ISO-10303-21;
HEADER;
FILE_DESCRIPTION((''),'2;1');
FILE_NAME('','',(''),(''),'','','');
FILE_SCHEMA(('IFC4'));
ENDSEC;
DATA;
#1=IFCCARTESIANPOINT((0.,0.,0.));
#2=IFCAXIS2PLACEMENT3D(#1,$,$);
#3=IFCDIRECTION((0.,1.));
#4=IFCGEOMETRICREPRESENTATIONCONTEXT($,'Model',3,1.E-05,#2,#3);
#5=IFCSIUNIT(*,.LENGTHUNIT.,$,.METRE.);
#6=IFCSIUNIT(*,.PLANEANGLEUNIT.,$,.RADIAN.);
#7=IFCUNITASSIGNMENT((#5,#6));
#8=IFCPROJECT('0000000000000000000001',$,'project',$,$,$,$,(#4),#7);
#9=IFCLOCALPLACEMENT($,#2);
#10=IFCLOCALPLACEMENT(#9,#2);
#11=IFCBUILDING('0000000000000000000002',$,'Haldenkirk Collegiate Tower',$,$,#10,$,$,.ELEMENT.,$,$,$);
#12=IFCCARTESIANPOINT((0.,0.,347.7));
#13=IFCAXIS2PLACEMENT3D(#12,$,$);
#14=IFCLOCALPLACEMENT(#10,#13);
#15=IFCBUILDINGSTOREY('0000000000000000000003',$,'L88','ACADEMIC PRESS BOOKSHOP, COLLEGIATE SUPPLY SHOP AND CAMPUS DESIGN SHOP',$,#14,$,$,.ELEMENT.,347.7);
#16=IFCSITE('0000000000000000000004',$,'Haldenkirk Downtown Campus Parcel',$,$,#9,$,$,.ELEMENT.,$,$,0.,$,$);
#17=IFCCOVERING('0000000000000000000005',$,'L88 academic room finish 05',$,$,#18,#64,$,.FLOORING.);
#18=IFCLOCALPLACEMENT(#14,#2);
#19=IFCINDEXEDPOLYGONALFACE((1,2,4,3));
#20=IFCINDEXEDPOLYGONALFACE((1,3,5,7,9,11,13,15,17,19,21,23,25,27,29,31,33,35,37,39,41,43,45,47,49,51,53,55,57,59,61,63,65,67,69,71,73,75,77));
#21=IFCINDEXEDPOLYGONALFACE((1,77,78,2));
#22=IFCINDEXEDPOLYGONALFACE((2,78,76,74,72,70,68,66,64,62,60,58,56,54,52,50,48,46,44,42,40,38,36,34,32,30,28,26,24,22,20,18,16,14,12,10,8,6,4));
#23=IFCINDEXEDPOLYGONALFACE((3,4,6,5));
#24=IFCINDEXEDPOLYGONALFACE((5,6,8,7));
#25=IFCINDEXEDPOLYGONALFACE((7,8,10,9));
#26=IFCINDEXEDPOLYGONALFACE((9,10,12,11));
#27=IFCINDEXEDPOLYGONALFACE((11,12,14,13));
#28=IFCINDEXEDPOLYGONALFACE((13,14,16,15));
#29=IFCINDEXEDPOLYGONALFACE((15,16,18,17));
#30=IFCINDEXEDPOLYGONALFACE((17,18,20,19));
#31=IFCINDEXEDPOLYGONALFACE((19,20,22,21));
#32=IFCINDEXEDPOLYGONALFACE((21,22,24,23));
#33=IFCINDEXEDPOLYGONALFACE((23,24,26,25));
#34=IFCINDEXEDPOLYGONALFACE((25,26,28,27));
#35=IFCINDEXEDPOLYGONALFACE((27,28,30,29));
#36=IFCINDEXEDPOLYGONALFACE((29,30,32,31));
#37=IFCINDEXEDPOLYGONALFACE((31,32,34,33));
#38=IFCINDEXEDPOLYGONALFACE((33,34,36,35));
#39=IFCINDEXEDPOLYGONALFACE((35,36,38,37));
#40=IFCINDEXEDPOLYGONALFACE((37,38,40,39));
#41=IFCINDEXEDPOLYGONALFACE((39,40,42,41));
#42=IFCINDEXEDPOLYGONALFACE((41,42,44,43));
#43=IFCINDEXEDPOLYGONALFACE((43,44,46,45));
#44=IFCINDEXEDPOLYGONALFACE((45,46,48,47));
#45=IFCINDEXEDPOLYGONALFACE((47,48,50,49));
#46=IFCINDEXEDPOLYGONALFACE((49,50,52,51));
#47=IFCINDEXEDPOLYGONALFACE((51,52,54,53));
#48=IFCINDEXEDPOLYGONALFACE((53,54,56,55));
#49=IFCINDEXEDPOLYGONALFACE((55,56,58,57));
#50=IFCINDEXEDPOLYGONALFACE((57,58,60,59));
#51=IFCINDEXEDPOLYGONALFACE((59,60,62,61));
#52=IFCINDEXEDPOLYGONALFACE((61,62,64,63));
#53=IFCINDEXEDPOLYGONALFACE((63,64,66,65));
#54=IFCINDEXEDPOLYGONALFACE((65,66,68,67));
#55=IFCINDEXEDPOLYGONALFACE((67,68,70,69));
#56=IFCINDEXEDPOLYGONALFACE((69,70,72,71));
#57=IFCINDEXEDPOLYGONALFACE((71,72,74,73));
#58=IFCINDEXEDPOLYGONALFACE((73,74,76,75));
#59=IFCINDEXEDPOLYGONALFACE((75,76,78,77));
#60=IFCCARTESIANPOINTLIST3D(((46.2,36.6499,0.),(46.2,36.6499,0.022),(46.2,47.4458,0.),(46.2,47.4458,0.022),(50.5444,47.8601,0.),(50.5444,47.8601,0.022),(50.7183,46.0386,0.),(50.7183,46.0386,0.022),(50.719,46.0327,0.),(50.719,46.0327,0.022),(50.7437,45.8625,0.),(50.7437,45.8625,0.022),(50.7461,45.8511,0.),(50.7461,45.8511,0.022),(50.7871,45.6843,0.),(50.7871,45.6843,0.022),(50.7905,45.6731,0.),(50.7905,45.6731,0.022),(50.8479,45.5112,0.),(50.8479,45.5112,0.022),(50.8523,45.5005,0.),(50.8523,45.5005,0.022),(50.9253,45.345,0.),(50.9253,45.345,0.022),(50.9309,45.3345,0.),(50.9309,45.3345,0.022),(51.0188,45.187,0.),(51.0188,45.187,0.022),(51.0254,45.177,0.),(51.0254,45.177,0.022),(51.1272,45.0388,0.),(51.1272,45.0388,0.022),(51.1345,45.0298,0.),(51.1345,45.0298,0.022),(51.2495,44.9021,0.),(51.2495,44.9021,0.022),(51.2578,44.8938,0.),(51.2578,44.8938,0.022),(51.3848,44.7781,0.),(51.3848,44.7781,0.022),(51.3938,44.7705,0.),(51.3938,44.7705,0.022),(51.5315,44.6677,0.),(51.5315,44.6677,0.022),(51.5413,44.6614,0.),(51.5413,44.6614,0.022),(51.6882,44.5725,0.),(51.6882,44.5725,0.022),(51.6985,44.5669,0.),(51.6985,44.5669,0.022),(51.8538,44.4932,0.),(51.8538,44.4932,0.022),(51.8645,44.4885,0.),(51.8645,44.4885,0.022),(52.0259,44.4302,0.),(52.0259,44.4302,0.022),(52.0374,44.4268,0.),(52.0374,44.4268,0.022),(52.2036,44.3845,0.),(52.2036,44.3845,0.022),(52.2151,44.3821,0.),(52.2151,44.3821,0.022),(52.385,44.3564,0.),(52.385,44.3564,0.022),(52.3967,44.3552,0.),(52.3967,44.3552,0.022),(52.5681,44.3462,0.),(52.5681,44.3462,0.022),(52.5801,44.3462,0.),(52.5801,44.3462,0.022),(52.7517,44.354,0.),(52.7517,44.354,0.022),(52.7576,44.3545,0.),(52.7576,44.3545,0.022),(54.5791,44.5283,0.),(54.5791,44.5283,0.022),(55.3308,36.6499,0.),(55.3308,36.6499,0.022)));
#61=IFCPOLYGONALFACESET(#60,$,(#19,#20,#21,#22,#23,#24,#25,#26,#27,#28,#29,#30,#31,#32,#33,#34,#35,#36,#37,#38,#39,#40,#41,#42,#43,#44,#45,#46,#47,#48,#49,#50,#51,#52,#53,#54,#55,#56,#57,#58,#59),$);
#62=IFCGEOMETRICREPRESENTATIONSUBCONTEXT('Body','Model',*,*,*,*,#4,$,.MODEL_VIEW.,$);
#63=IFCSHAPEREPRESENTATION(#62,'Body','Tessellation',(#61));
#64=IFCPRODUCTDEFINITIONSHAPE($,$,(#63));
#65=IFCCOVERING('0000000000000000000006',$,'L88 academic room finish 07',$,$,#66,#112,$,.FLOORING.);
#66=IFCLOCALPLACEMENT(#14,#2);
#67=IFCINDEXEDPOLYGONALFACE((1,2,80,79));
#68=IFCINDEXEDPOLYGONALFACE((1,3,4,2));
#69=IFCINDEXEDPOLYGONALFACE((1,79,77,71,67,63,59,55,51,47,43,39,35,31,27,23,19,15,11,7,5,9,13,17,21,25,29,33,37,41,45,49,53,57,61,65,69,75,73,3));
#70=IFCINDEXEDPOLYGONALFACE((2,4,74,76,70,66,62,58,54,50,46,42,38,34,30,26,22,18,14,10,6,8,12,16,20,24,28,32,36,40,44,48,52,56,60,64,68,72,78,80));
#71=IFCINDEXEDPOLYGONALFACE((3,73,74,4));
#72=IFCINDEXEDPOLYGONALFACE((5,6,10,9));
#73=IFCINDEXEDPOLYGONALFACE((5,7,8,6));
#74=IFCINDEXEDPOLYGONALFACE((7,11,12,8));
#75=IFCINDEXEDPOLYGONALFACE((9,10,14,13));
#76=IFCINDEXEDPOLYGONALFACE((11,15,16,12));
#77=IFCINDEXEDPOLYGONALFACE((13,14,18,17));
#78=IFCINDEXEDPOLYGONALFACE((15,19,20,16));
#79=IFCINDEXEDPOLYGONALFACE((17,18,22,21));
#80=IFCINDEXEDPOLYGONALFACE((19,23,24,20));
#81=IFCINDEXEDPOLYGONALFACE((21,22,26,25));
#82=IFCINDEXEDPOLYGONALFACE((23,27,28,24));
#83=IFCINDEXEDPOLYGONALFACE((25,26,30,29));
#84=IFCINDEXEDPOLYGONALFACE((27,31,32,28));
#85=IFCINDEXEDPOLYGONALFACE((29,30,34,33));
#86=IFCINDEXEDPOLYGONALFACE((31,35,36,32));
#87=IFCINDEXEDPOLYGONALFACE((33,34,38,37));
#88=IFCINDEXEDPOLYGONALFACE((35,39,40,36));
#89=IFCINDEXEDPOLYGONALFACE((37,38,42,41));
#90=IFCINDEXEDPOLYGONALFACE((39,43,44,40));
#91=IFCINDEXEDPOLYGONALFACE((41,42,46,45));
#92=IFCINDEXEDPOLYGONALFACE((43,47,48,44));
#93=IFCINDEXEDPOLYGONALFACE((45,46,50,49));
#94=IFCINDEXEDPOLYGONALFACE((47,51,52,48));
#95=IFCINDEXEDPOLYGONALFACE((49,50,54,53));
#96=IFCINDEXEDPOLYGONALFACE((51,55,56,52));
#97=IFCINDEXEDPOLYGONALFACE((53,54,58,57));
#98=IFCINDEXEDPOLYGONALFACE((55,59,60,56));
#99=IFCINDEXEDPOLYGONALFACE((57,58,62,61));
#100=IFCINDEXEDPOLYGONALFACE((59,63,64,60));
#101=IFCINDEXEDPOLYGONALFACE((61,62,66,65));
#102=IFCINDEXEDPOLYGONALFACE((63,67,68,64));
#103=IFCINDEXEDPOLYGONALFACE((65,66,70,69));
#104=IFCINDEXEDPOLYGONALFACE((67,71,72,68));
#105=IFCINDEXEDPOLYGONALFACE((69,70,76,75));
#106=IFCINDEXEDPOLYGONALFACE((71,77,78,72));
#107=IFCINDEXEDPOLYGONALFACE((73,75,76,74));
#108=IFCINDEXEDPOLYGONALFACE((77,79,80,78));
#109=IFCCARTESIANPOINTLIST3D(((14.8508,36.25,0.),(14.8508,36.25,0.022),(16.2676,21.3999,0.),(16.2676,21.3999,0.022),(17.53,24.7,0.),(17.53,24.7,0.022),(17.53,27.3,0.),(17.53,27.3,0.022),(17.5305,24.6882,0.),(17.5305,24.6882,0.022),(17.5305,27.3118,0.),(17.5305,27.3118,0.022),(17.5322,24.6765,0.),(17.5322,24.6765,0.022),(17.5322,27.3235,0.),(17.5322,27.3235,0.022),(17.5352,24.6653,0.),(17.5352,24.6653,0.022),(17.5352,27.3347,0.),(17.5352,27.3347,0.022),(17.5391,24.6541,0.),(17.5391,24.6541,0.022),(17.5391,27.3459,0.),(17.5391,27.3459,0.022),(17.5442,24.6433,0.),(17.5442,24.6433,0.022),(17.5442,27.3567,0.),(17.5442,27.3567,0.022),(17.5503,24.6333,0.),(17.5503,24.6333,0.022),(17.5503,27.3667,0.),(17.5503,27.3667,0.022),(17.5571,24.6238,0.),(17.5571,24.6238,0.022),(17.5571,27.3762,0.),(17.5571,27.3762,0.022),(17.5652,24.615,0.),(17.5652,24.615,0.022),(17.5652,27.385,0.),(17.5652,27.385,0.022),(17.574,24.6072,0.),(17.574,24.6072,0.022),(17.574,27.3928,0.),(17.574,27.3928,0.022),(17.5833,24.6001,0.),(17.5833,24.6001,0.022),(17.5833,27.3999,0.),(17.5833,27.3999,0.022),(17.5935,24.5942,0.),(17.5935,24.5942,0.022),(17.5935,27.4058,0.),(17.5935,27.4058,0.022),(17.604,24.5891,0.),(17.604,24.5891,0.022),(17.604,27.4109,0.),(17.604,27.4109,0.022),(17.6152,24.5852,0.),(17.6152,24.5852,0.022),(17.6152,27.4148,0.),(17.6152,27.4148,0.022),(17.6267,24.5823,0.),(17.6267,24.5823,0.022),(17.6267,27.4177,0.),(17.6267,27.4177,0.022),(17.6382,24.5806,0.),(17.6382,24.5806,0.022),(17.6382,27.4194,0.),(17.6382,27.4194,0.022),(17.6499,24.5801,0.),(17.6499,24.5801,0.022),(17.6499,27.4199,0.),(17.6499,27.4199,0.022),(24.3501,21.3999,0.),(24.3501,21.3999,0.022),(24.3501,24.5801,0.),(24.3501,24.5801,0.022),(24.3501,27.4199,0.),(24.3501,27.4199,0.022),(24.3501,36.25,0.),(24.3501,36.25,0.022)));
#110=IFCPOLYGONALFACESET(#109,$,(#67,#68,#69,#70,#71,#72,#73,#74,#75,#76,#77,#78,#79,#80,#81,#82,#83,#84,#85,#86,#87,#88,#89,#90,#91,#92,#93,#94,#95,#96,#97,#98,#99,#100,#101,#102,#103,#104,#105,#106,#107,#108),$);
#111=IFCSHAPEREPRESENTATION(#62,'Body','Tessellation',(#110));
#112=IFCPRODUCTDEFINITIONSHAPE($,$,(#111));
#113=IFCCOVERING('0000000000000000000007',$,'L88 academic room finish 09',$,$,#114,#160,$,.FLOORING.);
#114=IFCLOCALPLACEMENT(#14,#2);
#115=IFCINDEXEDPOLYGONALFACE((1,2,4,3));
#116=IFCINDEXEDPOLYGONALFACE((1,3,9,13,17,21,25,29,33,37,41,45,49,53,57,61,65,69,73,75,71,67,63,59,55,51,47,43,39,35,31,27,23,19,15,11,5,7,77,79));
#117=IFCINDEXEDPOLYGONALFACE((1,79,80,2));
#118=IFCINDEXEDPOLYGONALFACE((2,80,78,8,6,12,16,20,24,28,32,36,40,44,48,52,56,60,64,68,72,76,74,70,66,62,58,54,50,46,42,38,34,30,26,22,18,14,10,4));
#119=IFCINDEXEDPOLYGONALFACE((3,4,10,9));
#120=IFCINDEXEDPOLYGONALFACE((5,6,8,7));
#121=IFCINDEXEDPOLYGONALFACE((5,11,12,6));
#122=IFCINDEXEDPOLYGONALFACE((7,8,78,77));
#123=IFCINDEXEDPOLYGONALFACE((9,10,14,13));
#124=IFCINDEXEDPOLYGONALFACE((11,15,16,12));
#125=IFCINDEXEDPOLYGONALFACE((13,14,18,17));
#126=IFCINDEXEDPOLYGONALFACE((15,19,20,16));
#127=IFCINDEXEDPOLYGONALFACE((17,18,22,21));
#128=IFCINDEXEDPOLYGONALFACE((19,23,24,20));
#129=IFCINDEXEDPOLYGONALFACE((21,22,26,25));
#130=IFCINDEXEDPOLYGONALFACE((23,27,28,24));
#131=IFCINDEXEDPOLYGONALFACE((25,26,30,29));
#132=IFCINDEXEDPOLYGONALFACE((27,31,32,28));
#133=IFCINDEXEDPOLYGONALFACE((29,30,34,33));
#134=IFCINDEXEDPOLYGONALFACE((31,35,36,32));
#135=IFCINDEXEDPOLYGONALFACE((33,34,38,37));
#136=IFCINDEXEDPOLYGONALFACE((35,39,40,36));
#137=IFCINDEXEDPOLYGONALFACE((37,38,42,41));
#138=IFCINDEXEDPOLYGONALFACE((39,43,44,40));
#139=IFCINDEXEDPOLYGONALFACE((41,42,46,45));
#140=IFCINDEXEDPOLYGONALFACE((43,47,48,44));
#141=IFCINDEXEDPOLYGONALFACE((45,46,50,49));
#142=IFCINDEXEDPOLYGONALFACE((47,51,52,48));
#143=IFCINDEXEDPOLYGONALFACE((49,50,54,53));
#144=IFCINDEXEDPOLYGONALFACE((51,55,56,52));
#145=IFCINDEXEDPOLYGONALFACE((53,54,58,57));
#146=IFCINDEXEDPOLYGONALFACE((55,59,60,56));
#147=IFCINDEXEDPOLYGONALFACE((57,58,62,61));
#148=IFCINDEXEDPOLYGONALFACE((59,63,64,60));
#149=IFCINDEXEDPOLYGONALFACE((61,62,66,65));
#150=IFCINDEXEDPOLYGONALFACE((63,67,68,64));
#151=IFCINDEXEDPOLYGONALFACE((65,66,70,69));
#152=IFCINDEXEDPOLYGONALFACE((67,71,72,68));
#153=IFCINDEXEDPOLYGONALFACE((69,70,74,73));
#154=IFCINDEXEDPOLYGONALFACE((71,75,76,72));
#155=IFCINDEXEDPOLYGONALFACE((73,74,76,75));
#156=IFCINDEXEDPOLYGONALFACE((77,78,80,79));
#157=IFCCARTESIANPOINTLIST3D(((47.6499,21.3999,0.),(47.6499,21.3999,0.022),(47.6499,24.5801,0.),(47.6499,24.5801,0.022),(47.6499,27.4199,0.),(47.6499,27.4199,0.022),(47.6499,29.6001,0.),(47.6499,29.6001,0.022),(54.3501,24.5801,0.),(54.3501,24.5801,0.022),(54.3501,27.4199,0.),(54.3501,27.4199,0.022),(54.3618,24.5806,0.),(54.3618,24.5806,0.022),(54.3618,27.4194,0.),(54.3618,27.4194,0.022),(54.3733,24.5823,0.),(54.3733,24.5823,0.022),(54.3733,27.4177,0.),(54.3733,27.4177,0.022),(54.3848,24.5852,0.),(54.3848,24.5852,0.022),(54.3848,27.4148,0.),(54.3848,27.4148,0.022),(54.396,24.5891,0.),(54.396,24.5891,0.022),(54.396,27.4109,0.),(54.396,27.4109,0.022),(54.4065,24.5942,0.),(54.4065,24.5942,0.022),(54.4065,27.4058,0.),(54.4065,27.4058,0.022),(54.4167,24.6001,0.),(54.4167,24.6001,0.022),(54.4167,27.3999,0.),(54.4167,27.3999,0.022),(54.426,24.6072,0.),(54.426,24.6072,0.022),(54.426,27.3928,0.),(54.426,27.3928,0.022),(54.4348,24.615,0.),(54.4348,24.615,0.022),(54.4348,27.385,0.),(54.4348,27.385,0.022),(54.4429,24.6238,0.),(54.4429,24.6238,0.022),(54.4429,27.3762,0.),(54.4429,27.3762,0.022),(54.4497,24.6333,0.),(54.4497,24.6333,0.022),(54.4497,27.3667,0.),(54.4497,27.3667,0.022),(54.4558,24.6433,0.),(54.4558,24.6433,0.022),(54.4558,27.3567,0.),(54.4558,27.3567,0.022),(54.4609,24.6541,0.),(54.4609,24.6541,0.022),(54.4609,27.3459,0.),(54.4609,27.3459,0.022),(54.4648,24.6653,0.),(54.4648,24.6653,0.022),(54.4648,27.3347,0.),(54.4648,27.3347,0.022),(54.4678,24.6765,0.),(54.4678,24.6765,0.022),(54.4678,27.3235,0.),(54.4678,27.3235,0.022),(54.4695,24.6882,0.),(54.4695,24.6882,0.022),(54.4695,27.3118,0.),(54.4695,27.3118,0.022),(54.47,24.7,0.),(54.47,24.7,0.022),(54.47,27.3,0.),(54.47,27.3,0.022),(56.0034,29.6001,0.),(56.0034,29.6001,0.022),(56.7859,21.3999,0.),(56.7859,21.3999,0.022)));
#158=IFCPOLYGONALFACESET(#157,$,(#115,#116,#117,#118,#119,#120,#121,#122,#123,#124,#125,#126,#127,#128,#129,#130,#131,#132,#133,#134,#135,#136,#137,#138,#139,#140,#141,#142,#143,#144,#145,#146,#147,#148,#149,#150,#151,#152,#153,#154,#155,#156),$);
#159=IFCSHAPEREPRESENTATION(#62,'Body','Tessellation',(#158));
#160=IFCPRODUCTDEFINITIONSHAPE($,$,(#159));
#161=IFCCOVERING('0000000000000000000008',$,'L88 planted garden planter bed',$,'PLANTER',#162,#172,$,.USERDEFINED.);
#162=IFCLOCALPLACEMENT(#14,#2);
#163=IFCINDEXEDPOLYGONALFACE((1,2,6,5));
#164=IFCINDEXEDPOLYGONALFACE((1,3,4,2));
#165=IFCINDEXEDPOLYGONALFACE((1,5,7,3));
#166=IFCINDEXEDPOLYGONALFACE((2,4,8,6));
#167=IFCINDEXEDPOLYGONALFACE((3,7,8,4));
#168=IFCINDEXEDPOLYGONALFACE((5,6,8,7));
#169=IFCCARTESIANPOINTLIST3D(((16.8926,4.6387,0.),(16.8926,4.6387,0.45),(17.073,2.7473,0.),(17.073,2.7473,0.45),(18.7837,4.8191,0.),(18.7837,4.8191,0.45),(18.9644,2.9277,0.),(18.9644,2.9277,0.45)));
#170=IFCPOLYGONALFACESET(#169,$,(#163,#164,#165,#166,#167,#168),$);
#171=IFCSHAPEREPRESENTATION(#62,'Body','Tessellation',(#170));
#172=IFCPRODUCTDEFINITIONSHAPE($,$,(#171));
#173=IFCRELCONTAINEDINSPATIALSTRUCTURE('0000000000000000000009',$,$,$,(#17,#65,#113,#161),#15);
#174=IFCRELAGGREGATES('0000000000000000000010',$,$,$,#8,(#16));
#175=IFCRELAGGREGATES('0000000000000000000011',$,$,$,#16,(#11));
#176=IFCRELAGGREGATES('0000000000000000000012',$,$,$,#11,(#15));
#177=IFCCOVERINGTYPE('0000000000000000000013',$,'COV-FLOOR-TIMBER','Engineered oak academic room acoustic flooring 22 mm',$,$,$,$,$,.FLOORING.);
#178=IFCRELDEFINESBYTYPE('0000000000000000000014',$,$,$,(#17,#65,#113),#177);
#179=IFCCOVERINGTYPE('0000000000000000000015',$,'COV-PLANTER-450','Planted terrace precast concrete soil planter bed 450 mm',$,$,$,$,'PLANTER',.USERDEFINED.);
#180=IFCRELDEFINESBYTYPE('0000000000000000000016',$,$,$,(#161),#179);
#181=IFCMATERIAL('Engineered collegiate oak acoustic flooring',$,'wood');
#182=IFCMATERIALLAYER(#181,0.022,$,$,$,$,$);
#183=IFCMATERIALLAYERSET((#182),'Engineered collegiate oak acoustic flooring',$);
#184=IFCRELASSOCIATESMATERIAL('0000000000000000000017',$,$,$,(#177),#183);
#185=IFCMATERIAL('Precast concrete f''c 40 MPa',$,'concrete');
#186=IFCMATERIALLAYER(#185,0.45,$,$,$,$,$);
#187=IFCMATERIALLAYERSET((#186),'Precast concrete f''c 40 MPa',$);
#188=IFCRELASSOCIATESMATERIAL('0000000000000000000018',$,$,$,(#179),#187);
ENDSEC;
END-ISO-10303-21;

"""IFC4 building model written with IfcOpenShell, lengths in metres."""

from ifc_helpers import new_model, si_unit, direction, frame, origin, place, context, subcontext, project, spatial, polyline, outline, extrude, material, layer, layer_set, type_object, element, save


model = new_model("IFC4")

# Units and contexts
model_context = context("Model", 3, precision=1e-05, world=origin(), true_north=direction((0.0, 1.0)))
body_context = subcontext(model_context, "Body", "Model", "MODEL_VIEW")
ifc_project = project(units=[si_unit("LENGTHUNIT", "METRE"), si_unit("PLANEANGLEUNIT", "RADIAN")], contexts=[model_context])

# Site, building, storey
site_placement = place(None, origin())
site = spatial("IfcSite", under=ifc_project, at=site_placement, Name="Haldenkirk Downtown Campus Parcel", CompositionType="ELEMENT", RefElevation=0.0)
building_placement = place(site_placement, origin())
building = spatial("IfcBuilding", under=site, at=building_placement, Name="Haldenkirk Collegiate Tower", CompositionType="ELEMENT")
storey_placement = place(building_placement, frame((0.0, 0.0, 347.7)))
storey = spatial("IfcBuildingStorey", under=building, at=storey_placement, Name="L88", Description="ACADEMIC PRESS BOOKSHOP, COLLEGIATE SUPPLY SHOP AND CAMPUS DESIGN SHOP", CompositionType="ELEMENT", Elevation=347.7)

# Shared definitions
ifc_material_1 = material(Name="Precast concrete f'c 40 MPa", Category="concrete")

# Coverings
ifc_material_2 = material(Name="Engineered collegiate oak acoustic flooring", Category="wood")
ifc_layer_1 = layer(ifc_material_2, 0.022)
ifc_layer_set_1 = layer_set([ifc_layer_1], Name="Engineered collegiate oak acoustic flooring")
covering_type_1 = type_object("IfcCoveringType", Name="COV-FLOOR-TIMBER", Description="Engineered oak academic room acoustic flooring 22 mm", PredefinedType="FLOORING", material=ifc_layer_set_1)
covering_1_placement = place(storey_placement, origin())
element("IfcCovering", 1, at=covering_1_placement, inside=storey, type_object=covering_type_1, Name="L88 academic room finish 05", PredefinedType="FLOORING", context=body_context, shape_type="SweptSolid", body=[
    extrude(outline(polyline([(50.5444, 47.8601), (50.7183, 46.0386), (50.719, 46.0327), (50.7437, 45.8625), (50.7461, 45.8511), (50.7871, 45.6843), (50.7905, 45.6731), (50.8479, 45.5112), (50.8523, 45.5005), (50.9253, 45.345), (50.9309, 45.3345), (51.0188, 45.187), (51.0254, 45.177), (51.1272, 45.0388), (51.1345, 45.0298), (51.2495, 44.9021), (51.2578, 44.8938), (51.3848, 44.7781), (51.3938, 44.7705), (51.5315, 44.6677), (51.5413, 44.6614), (51.6882, 44.5725), (51.6985, 44.5669), (51.8538, 44.4932), (51.8645, 44.4885), (52.0259, 44.4302), (52.0374, 44.4268), (52.2036, 44.3845), (52.2151, 44.3821), (52.385, 44.3564), (52.3967, 44.3552), (52.5681, 44.3462), (52.5801, 44.3462), (52.7517, 44.354), (52.7576, 44.3545), (54.5791, 44.5283), (55.3308, 36.6499), (46.2, 36.6499), (46.2, 47.4458), (50.5444, 47.8601)])), origin(), (0.0, 0.0, 1.0), 0.022),
])
covering_2_placement = place(storey_placement, origin())
element("IfcCovering", 2, at=covering_2_placement, inside=storey, type_object=covering_type_1, Name="L88 academic room finish 07", PredefinedType="FLOORING", context=body_context, shape_type="SweptSolid", body=[
    extrude(outline(polyline([(17.6499, 27.4199), (17.6382, 27.4194), (17.6267, 27.4177), (17.6152, 27.4148), (17.604, 27.4109), (17.5935, 27.4058), (17.5833, 27.3999), (17.574, 27.3928), (17.5652, 27.385), (17.5571, 27.3762), (17.5503, 27.3667), (17.5442, 27.3567), (17.5391, 27.3459), (17.5352, 27.3347), (17.5322, 27.3235), (17.5305, 27.3118), (17.53, 27.3), (17.53, 24.7), (17.5305, 24.6882), (17.5322, 24.6765), (17.5352, 24.6653), (17.5391, 24.6541), (17.5442, 24.6433), (17.5503, 24.6333), (17.5571, 24.6238), (17.5652, 24.615), (17.574, 24.6072), (17.5833, 24.6001), (17.5935, 24.5942), (17.604, 24.5891), (17.6152, 24.5852), (17.6267, 24.5823), (17.6382, 24.5806), (17.6499, 24.5801), (24.3501, 24.5801), (24.3501, 21.3999), (16.2676, 21.3999), (14.8508, 36.25), (24.3501, 36.25), (24.3501, 27.4199), (17.6499, 27.4199)])), origin(), (0.0, 0.0, 1.0), 0.022),
])
covering_3_placement = place(storey_placement, origin())
element("IfcCovering", 3, at=covering_3_placement, inside=storey, type_object=covering_type_1, Name="L88 academic room finish 09", PredefinedType="FLOORING", context=body_context, shape_type="SweptSolid", body=[
    extrude(outline(polyline([(54.3501, 24.5801), (54.3618, 24.5806), (54.3733, 24.5823), (54.3848, 24.5852), (54.396, 24.5891), (54.4065, 24.5942), (54.4167, 24.6001), (54.426, 24.6072), (54.4348, 24.615), (54.4429, 24.6238), (54.4497, 24.6333), (54.4558, 24.6433), (54.4609, 24.6541), (54.4648, 24.6653), (54.4678, 24.6765), (54.4695, 24.6882), (54.47, 24.7), (54.47, 27.3), (54.4695, 27.3118), (54.4678, 27.3235), (54.4648, 27.3347), (54.4609, 27.3459), (54.4558, 27.3567), (54.4497, 27.3667), (54.4429, 27.3762), (54.4348, 27.385), (54.426, 27.3928), (54.4167, 27.3999), (54.4065, 27.4058), (54.396, 27.4109), (54.3848, 27.4148), (54.3733, 27.4177), (54.3618, 27.4194), (54.3501, 27.4199), (47.6499, 27.4199), (47.6499, 29.6001), (56.0034, 29.6001), (56.7859, 21.3999), (47.6499, 21.3999), (47.6499, 24.5801), (54.3501, 24.5801)])), origin(), (0.0, 0.0, 1.0), 0.022),
])
ifc_layer_2 = layer(ifc_material_1, 0.45)
ifc_layer_set_2 = layer_set([ifc_layer_2], Name="Precast concrete f'c 40 MPa")
covering_type_2 = type_object("IfcCoveringType", Name="COV-PLANTER-450", Description="Planted terrace precast concrete soil planter bed 450 mm", ElementType="PLANTER", PredefinedType="USERDEFINED", material=ifc_layer_set_2)
covering_4_placement = place(storey_placement, origin())
element("IfcCovering", 4, at=covering_4_placement, inside=storey, type_object=covering_type_2, Name="L88 planted garden planter bed", ObjectType="PLANTER", PredefinedType="USERDEFINED", context=body_context, shape_type="SweptSolid", body=[
    extrude(outline(polyline([(18.9644, 2.9277), (17.073, 2.7473), (16.8926, 4.6387), (18.7837, 4.8191), (18.9644, 2.9277)])), origin(), (0.0, 0.0, 1.0), 0.45),
])

save(model, "model.ifc")
